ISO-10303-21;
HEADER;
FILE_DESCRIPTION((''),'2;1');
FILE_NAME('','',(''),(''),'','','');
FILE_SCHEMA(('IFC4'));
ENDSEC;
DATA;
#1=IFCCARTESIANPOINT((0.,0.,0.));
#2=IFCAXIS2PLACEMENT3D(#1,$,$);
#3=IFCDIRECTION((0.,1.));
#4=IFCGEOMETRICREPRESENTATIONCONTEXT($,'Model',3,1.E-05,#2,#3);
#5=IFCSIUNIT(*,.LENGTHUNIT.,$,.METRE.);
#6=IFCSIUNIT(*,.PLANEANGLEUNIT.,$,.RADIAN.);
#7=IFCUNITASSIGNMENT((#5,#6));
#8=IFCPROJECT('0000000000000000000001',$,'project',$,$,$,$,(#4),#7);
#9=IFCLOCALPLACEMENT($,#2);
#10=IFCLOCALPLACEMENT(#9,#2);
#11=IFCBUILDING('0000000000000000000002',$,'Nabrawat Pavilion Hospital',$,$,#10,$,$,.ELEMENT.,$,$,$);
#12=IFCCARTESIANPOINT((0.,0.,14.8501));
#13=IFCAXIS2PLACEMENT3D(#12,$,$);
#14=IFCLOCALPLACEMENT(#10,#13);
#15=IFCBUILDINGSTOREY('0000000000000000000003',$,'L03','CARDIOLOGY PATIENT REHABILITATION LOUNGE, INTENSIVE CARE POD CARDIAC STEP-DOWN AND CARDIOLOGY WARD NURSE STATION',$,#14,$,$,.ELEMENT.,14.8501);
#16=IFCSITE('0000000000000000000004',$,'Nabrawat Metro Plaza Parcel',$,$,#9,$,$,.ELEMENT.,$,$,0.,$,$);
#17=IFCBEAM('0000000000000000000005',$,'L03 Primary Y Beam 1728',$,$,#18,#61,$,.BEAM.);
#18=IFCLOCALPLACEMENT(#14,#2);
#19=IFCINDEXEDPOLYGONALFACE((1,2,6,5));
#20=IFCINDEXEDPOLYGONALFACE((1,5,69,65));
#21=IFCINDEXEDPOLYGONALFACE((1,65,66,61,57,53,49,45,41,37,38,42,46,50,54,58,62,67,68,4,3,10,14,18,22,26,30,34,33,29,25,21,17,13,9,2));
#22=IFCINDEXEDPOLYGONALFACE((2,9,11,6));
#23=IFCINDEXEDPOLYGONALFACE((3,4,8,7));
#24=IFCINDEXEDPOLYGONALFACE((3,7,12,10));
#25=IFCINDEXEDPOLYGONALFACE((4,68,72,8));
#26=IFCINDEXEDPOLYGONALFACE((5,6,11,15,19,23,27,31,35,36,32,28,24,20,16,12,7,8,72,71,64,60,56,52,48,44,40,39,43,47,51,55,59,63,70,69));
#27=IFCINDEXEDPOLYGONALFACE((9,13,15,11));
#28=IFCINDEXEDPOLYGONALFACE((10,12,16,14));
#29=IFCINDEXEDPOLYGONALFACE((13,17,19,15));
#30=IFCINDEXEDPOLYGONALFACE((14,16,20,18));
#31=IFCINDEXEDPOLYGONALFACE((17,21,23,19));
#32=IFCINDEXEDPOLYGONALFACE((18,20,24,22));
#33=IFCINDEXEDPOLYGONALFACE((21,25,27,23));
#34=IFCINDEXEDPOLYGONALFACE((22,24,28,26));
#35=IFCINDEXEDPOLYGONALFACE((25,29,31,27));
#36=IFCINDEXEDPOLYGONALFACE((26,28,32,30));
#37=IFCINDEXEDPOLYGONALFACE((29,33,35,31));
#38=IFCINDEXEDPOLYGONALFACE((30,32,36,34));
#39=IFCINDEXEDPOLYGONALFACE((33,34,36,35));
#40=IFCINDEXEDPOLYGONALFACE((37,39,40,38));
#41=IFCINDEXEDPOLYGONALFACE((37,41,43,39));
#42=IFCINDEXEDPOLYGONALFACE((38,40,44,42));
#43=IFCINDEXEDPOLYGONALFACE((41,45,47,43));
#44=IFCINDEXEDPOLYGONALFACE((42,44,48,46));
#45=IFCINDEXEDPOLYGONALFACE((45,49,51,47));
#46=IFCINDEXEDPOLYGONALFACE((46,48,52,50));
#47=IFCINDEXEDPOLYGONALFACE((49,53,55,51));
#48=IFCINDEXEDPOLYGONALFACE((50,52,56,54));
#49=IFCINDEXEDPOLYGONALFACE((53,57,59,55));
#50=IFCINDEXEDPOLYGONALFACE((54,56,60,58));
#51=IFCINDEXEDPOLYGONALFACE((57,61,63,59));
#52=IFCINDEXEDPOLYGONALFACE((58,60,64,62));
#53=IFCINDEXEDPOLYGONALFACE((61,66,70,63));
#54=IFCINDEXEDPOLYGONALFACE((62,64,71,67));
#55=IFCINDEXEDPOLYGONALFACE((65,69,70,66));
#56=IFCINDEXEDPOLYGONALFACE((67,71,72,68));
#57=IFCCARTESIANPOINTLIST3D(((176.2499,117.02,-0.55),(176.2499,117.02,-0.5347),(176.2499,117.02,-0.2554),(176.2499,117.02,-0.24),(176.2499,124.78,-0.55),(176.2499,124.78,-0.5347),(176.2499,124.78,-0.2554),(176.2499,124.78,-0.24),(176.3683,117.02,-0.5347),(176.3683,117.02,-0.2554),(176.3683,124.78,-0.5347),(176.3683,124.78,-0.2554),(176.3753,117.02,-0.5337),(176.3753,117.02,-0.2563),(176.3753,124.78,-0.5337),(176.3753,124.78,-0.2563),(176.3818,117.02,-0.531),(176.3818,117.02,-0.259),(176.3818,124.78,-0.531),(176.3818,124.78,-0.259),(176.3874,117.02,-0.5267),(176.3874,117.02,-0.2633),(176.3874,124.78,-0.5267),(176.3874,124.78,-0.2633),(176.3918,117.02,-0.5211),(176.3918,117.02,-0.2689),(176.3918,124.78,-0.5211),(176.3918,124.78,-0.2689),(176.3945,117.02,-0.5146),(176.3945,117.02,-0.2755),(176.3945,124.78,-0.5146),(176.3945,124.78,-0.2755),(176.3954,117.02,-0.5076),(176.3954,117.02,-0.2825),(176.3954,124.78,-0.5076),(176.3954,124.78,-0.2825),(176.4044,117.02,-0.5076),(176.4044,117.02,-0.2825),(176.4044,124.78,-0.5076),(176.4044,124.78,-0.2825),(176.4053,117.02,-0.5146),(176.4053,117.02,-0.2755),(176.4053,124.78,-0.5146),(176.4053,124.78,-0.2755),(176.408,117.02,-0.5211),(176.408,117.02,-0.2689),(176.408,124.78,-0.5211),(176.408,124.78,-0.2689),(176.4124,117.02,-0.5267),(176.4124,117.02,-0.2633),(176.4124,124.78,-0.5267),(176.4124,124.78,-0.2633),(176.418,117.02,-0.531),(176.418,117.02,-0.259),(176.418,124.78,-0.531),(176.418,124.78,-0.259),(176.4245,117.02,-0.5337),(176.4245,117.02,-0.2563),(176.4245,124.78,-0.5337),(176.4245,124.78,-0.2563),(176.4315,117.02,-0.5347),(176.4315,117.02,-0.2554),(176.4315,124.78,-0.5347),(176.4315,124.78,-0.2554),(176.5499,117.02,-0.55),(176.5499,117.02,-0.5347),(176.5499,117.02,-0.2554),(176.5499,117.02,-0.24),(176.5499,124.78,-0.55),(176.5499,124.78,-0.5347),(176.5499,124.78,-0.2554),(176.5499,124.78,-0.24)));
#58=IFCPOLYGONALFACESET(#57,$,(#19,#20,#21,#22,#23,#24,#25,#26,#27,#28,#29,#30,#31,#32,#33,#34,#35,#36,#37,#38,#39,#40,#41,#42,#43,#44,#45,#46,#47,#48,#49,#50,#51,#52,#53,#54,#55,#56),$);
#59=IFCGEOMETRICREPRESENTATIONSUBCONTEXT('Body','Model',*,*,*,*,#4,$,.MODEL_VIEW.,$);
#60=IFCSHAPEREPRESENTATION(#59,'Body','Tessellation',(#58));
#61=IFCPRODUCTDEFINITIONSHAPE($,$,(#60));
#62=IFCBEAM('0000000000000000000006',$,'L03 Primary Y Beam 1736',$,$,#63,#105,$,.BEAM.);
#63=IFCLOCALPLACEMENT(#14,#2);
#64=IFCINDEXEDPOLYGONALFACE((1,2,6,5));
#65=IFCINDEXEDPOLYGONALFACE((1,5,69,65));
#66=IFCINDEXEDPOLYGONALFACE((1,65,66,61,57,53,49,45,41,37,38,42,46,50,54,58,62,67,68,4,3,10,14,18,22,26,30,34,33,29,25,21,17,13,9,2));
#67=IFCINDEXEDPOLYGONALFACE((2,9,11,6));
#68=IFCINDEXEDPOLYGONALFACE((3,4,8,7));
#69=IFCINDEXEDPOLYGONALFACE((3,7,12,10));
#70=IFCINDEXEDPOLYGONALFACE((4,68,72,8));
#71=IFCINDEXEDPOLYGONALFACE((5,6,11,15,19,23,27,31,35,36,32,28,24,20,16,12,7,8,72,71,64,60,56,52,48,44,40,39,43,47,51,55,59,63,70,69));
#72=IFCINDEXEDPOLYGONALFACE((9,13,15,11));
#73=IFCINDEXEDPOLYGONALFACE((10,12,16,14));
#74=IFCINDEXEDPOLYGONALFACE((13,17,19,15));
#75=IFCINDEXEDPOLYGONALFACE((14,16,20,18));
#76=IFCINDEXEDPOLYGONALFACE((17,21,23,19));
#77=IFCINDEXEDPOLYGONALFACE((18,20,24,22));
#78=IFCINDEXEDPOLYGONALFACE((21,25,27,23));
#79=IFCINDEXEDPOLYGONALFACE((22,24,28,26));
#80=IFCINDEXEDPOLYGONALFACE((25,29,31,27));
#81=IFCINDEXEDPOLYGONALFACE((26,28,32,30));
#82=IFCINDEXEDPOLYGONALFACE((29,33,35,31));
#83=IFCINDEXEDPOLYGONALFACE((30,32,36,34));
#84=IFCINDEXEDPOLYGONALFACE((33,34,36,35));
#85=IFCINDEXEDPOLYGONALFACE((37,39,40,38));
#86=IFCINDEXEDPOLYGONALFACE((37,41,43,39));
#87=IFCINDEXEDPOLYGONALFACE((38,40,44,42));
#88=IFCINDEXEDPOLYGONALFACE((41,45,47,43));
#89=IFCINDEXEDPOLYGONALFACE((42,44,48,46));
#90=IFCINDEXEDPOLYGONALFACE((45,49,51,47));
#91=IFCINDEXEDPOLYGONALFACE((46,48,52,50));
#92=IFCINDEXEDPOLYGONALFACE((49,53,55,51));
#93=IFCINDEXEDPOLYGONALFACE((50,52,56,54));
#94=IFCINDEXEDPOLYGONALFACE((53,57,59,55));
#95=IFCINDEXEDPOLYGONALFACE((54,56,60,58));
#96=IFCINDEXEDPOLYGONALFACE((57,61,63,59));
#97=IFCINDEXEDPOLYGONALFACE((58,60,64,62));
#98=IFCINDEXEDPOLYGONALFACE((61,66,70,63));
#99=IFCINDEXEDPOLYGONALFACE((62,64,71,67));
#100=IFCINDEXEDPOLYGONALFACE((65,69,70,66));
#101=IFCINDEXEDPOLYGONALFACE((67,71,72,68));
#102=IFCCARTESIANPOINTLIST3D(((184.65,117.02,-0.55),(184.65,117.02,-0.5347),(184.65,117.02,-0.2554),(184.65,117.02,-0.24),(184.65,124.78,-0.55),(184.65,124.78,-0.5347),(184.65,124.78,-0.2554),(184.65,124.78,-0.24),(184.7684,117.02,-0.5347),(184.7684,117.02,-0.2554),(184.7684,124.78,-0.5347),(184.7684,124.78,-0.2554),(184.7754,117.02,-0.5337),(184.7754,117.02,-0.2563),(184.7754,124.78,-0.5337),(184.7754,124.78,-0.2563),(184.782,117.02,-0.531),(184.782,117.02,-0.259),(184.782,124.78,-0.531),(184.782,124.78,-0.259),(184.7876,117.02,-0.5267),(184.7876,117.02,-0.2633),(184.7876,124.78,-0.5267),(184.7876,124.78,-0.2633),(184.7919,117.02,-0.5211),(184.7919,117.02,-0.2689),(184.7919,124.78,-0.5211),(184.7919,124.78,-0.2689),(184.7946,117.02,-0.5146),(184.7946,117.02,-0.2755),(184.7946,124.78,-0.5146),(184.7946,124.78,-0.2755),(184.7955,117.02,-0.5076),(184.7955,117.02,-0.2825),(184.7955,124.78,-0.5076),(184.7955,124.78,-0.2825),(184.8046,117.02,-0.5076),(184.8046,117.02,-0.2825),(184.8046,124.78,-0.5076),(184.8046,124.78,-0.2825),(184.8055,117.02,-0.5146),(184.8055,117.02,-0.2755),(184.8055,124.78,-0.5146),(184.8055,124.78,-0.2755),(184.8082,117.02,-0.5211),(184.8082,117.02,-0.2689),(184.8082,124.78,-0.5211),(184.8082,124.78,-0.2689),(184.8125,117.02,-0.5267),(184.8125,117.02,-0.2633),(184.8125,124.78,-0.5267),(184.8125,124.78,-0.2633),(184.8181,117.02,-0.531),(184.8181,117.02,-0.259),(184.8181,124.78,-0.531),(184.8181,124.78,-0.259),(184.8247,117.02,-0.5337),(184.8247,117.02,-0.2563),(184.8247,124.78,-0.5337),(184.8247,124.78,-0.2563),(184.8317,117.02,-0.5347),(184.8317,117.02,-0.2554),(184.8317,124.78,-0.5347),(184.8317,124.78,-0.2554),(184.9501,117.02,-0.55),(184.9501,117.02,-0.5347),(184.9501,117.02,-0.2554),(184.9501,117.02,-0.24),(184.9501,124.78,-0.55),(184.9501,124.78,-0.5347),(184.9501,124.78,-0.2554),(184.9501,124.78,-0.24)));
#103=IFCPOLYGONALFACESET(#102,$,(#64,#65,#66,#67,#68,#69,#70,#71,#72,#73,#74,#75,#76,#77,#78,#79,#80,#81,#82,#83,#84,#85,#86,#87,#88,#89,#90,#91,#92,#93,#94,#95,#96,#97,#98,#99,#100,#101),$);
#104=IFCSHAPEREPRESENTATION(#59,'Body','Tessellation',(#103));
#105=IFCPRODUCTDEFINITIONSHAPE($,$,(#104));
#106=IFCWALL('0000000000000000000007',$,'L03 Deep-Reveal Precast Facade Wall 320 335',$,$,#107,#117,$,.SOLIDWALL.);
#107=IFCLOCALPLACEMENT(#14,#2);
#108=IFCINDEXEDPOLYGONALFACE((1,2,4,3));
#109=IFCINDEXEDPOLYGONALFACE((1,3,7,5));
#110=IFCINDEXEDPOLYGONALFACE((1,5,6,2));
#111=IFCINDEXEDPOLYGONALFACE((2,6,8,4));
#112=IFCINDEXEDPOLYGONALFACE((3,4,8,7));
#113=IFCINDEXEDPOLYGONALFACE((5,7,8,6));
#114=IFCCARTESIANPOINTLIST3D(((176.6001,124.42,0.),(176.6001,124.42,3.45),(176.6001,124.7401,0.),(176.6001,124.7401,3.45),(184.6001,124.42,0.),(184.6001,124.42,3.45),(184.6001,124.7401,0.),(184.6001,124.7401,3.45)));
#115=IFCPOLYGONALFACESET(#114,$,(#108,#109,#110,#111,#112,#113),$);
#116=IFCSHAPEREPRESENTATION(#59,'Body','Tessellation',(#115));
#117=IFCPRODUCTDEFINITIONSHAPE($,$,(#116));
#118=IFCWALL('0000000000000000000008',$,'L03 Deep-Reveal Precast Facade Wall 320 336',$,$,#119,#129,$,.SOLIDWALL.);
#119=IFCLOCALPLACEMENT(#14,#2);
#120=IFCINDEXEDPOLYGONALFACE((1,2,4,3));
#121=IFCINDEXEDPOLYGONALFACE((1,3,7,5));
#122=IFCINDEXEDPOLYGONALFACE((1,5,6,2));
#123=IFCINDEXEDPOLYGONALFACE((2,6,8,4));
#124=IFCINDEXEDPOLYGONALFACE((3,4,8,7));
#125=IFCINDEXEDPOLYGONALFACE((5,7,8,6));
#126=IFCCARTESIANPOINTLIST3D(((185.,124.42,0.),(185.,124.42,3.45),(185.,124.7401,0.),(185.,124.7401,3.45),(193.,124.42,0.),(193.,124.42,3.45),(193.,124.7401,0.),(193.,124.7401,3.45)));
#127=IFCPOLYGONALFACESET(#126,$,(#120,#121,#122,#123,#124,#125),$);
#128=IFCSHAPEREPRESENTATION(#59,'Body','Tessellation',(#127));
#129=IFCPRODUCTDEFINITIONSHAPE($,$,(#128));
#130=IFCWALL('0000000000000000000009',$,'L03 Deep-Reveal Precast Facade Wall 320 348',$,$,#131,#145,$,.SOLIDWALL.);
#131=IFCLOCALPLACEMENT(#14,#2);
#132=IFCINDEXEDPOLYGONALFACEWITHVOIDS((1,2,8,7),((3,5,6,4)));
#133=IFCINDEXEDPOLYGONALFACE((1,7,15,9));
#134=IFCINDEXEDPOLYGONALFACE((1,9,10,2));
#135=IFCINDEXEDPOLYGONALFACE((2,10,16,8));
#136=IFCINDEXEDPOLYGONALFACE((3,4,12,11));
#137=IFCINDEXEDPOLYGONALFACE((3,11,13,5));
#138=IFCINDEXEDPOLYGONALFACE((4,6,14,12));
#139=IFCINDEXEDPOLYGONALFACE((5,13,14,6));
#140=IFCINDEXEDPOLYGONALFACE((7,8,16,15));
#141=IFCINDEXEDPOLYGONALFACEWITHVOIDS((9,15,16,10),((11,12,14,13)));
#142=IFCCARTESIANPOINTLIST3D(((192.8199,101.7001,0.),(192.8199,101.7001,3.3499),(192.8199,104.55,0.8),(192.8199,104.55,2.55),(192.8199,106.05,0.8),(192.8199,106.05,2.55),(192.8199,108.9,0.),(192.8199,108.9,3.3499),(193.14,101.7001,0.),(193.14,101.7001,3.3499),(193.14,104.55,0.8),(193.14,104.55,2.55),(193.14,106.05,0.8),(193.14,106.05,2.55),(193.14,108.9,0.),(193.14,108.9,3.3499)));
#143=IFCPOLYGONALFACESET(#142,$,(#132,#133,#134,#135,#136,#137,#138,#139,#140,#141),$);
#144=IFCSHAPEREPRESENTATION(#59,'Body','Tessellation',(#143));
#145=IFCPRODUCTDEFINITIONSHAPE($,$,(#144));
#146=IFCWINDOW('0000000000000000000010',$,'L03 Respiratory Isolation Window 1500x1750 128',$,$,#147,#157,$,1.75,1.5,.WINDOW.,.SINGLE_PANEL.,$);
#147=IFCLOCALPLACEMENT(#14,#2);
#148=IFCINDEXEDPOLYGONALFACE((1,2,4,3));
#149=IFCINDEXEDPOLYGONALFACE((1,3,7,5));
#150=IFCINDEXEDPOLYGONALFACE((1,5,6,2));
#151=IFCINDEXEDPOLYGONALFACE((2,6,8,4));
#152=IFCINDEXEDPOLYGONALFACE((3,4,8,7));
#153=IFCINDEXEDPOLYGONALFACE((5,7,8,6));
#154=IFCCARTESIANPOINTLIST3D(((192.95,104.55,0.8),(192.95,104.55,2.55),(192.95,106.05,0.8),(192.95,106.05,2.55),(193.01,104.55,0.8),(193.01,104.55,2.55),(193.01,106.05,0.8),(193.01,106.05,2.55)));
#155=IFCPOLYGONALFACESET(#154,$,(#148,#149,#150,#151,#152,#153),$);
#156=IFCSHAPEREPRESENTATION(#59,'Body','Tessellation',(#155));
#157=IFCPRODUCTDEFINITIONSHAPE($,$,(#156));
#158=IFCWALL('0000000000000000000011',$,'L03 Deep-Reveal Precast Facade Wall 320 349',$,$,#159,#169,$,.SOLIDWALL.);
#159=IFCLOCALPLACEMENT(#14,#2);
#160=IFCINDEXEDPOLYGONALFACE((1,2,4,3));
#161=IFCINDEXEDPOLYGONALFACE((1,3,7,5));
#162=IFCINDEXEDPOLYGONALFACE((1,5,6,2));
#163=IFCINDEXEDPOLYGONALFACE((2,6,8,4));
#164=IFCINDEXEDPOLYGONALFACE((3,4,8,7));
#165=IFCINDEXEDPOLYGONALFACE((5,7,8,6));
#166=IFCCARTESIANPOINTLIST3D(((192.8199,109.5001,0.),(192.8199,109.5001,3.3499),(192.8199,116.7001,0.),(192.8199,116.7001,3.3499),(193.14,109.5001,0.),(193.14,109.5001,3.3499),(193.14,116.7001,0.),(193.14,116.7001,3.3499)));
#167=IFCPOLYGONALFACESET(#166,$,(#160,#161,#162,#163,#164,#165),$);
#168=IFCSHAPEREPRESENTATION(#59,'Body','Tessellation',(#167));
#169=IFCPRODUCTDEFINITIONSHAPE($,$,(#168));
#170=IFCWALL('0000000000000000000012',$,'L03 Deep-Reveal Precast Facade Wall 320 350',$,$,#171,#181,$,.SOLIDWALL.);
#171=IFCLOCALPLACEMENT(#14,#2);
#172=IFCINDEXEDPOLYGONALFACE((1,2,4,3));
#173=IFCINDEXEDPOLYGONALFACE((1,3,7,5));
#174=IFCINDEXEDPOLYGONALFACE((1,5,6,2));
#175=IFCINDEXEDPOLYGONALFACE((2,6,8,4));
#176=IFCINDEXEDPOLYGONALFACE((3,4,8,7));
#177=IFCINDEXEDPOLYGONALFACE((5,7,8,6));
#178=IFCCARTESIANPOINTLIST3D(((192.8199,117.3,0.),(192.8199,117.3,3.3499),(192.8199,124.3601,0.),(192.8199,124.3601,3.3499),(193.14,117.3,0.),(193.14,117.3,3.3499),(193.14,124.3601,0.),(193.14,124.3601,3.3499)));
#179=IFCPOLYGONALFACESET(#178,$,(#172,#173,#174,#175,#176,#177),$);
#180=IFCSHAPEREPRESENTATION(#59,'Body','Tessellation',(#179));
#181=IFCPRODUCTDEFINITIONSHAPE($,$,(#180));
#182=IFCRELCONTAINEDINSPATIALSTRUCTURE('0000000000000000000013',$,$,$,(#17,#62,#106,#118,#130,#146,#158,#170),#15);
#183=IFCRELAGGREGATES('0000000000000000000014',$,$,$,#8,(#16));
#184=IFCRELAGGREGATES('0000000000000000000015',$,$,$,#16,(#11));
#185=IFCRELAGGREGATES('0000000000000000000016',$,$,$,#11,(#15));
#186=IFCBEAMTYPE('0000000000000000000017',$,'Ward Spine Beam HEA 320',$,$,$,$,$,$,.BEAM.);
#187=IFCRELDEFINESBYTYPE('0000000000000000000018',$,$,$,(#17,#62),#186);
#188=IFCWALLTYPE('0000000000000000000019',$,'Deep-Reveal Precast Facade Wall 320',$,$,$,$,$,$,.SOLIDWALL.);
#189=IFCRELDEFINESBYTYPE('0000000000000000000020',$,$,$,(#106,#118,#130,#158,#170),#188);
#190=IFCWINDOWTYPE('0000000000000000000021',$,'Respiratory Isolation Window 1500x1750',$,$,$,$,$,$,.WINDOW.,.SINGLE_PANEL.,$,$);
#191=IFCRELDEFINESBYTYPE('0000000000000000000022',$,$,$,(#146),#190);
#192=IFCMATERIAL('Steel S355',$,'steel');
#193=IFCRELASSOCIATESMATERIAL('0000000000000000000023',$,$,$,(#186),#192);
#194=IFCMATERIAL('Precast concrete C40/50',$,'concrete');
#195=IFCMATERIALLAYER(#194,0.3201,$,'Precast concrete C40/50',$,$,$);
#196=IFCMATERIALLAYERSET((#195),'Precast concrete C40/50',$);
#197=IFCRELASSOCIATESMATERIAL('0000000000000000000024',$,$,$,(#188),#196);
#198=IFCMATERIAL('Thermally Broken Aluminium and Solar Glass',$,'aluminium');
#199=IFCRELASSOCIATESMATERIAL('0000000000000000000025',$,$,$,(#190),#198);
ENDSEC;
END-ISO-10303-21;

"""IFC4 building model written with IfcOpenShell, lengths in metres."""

from ifc_helpers import new_model, si_unit, direction, frame, frame_2d, origin, origin_2d, place, context, subcontext, project, spatial, rectangle, i_section, extrude, material, layer, layer_set, material_profile, profile_set, type_object, element, fill, save


model = new_model("IFC4")

# Units and contexts
model_context = context("Model", 3, precision=1e-05, world=origin(), true_north=direction((0.0, 1.0)))
body_context = subcontext(model_context, "Body", "Model", "MODEL_VIEW")
ifc_project = project(units=[si_unit("LENGTHUNIT", "METRE"), si_unit("PLANEANGLEUNIT", "RADIAN")], contexts=[model_context])

# Site, building, storey
site_placement = place(None, origin())
site = spatial("IfcSite", under=ifc_project, at=site_placement, Name="Nabrawat Metro Plaza Parcel", CompositionType="ELEMENT", RefElevation=0.0)
building_placement = place(site_placement, origin())
building = spatial("IfcBuilding", under=site, at=building_placement, Name="Nabrawat Pavilion Hospital", CompositionType="ELEMENT")
storey_placement = place(building_placement, frame((0.0, 0.0, 14.8501)))
storey = spatial("IfcBuildingStorey", under=building, at=storey_placement, Name="L03", Description="CARDIOLOGY PATIENT REHABILITATION LOUNGE, INTENSIVE CARE POD CARDIAC STEP-DOWN AND CARDIOLOGY WARD NURSE STATION", CompositionType="ELEMENT", Elevation=14.8501)

# Shared definitions
ifc_material_1 = material(Name="Steel S355", Category="steel")

# Beams
ifc_material_profile_1 = material_profile(ifc_material_1, i_section(OverallWidth=0.3, OverallDepth=0.3101, WebThickness=0.009, FlangeThickness=0.0154, FilletRadius=0.0271, at=origin_2d()), Name="HEA 320")
ifc_profile_set_1 = profile_set([ifc_material_profile_1], Name="Steel S355")
beam_type_1 = type_object("IfcBeamType", Name="Ward Spine Beam HEA 320", PredefinedType="BEAM", material=ifc_profile_set_1)
for number, where, z_axis, x_axis, name in (
    (1, (176.3999, 117.02, -0.395), (0.0, 1.0, 0.0), (-1.0, 0.0, 0.0), "L03 Primary Y Beam 1728"),
    (2, (184.8, 117.02, -0.395), (0.0, 1.0, 0.0), (-1.0, 0.0, 0.0), "L03 Primary Y Beam 1736"),
):
    element("IfcBeam", number, at=place(storey_placement, frame(where, z_axis=z_axis, x_axis=x_axis)), inside=storey, type_object=beam_type_1, Name=name, PredefinedType="BEAM", context=body_context, shape_type="SweptSolid", body=[
        extrude(i_section(OverallWidth=0.3, OverallDepth=0.3101, WebThickness=0.009, FlangeThickness=0.0154, FilletRadius=0.0271, at=origin_2d()), origin(), (0.0, 0.0, 1.0), 7.76),
    ])

# Walls
ifc_material_2 = material(Name="Precast concrete C40/50", Category="concrete")
ifc_layer = layer(ifc_material_2, 0.3201, Name="Precast concrete C40/50")
ifc_layer_set = layer_set([ifc_layer], Name="Precast concrete C40/50")
wall_type = type_object("IfcWallType", Name="Deep-Reveal Precast Facade Wall 320", PredefinedType="SOLIDWALL", material=ifc_layer_set)
for number, where, z_axis, x_axis, name in (
    (3, (176.6001, 124.5801, 0.0), (0.0, 0.0, 1.0), (1.0, 0.0, 0.0), "L03 Deep-Reveal Precast Facade Wall 320 335"),
    (4, (185.0, 124.5801, 0.0), (0.0, 0.0, 1.0), (1.0, 0.0, 0.0), "L03 Deep-Reveal Precast Facade Wall 320 336"),
):
    element("IfcWall", number, at=place(storey_placement, frame(where, z_axis=z_axis, x_axis=x_axis)), inside=storey, type_object=wall_type, Name=name, PredefinedType="SOLIDWALL", context=body_context, shape_type="SweptSolid", body=[
        extrude(rectangle(XDim=8.0, YDim=0.3201, at=frame_2d((4.0, 0.0))), origin(), (0.0, 0.0, 1.0), 3.45),
    ])

# Wall, opening, window
wall_1_placement = place(storey_placement, frame((192.98, 101.7, 0.0), z_axis=(0.0, 0.0, 1.0), x_axis=(0.0, 1.0, 0.0)))
wall_1 = element("IfcWall", 5, at=wall_1_placement, inside=storey, type_object=wall_type, Name="L03 Deep-Reveal Precast Facade Wall 320 348", PredefinedType="SOLIDWALL", context=body_context, shape_type="SweptSolid", body=[
    extrude(rectangle(XDim=7.2, YDim=0.3201, at=frame_2d((3.6001, 0.0))), origin(), (0.0, 0.0, 1.0), 3.3499),
])
opening_placement = place(wall_1_placement, frame((2.8501, 0.0, 0.8)))
opening = element("IfcOpeningElement", 6, at=opening_placement, cuts=wall_1, PredefinedType="OPENING", context=body_context, shape_type="SweptSolid", body=[
    extrude(rectangle(XDim=1.5, YDim=1.75, at=frame_2d((0.75, 0.875))), frame((0.0, 0.1699, 0.0), z_axis=(0.0, -1.0, 0.0), x_axis=(1.0, 0.0, 0.0)), (0.0, 0.0, 1.0), 0.3401),
])
ifc_material_3 = material(Name="Thermally Broken Aluminium and Solar Glass", Category="aluminium")
window_type = type_object("IfcWindowType", Name="Respiratory Isolation Window 1500x1750", PartitioningType="SINGLE_PANEL", PredefinedType="WINDOW", material=ifc_material_3)
window_placement = place(opening_placement, origin())
window = element("IfcWindow", 7, at=window_placement, inside=storey, type_object=window_type, Name="L03 Respiratory Isolation Window 1500x1750 128", OverallHeight=1.75, OverallWidth=1.5, PartitioningType="SINGLE_PANEL", PredefinedType="WINDOW", context=body_context, shape_type="SweptSolid", body=[
    extrude(rectangle(XDim=1.5, YDim=1.75, at=frame_2d((0.75, 0.875))), frame((0.0, 0.03, 0.0), z_axis=(0.0, -1.0, 0.0), x_axis=(1.0, 0.0, 0.0)), (0.0, 0.0, 1.0), 0.0601),
])
fill(opening, window)

# Walls
wall_2_placement = place(storey_placement, frame((192.98, 109.5, 0.0), z_axis=(0.0, 0.0, 1.0), x_axis=(0.0, 1.0, 0.0)))
element("IfcWall", 8, at=wall_2_placement, inside=storey, type_object=wall_type, Name="L03 Deep-Reveal Precast Facade Wall 320 349", PredefinedType="SOLIDWALL", context=body_context, shape_type="SweptSolid", body=[
    extrude(rectangle(XDim=7.2, YDim=0.3201, at=frame_2d((3.6001, 0.0))), origin(), (0.0, 0.0, 1.0), 3.3499),
])
wall_3_placement = place(storey_placement, frame((192.98, 117.3, 0.0), z_axis=(0.0, 0.0, 1.0), x_axis=(0.0, 1.0, 0.0)))
element("IfcWall", 9, at=wall_3_placement, inside=storey, type_object=wall_type, Name="L03 Deep-Reveal Precast Facade Wall 320 350", PredefinedType="SOLIDWALL", context=body_context, shape_type="SweptSolid", body=[
    extrude(rectangle(XDim=7.0601, YDim=0.3201, at=frame_2d((3.53, 0.0))), origin(), (0.0, 0.0, 1.0), 3.3499),
])

save(model, "model.ifc")
